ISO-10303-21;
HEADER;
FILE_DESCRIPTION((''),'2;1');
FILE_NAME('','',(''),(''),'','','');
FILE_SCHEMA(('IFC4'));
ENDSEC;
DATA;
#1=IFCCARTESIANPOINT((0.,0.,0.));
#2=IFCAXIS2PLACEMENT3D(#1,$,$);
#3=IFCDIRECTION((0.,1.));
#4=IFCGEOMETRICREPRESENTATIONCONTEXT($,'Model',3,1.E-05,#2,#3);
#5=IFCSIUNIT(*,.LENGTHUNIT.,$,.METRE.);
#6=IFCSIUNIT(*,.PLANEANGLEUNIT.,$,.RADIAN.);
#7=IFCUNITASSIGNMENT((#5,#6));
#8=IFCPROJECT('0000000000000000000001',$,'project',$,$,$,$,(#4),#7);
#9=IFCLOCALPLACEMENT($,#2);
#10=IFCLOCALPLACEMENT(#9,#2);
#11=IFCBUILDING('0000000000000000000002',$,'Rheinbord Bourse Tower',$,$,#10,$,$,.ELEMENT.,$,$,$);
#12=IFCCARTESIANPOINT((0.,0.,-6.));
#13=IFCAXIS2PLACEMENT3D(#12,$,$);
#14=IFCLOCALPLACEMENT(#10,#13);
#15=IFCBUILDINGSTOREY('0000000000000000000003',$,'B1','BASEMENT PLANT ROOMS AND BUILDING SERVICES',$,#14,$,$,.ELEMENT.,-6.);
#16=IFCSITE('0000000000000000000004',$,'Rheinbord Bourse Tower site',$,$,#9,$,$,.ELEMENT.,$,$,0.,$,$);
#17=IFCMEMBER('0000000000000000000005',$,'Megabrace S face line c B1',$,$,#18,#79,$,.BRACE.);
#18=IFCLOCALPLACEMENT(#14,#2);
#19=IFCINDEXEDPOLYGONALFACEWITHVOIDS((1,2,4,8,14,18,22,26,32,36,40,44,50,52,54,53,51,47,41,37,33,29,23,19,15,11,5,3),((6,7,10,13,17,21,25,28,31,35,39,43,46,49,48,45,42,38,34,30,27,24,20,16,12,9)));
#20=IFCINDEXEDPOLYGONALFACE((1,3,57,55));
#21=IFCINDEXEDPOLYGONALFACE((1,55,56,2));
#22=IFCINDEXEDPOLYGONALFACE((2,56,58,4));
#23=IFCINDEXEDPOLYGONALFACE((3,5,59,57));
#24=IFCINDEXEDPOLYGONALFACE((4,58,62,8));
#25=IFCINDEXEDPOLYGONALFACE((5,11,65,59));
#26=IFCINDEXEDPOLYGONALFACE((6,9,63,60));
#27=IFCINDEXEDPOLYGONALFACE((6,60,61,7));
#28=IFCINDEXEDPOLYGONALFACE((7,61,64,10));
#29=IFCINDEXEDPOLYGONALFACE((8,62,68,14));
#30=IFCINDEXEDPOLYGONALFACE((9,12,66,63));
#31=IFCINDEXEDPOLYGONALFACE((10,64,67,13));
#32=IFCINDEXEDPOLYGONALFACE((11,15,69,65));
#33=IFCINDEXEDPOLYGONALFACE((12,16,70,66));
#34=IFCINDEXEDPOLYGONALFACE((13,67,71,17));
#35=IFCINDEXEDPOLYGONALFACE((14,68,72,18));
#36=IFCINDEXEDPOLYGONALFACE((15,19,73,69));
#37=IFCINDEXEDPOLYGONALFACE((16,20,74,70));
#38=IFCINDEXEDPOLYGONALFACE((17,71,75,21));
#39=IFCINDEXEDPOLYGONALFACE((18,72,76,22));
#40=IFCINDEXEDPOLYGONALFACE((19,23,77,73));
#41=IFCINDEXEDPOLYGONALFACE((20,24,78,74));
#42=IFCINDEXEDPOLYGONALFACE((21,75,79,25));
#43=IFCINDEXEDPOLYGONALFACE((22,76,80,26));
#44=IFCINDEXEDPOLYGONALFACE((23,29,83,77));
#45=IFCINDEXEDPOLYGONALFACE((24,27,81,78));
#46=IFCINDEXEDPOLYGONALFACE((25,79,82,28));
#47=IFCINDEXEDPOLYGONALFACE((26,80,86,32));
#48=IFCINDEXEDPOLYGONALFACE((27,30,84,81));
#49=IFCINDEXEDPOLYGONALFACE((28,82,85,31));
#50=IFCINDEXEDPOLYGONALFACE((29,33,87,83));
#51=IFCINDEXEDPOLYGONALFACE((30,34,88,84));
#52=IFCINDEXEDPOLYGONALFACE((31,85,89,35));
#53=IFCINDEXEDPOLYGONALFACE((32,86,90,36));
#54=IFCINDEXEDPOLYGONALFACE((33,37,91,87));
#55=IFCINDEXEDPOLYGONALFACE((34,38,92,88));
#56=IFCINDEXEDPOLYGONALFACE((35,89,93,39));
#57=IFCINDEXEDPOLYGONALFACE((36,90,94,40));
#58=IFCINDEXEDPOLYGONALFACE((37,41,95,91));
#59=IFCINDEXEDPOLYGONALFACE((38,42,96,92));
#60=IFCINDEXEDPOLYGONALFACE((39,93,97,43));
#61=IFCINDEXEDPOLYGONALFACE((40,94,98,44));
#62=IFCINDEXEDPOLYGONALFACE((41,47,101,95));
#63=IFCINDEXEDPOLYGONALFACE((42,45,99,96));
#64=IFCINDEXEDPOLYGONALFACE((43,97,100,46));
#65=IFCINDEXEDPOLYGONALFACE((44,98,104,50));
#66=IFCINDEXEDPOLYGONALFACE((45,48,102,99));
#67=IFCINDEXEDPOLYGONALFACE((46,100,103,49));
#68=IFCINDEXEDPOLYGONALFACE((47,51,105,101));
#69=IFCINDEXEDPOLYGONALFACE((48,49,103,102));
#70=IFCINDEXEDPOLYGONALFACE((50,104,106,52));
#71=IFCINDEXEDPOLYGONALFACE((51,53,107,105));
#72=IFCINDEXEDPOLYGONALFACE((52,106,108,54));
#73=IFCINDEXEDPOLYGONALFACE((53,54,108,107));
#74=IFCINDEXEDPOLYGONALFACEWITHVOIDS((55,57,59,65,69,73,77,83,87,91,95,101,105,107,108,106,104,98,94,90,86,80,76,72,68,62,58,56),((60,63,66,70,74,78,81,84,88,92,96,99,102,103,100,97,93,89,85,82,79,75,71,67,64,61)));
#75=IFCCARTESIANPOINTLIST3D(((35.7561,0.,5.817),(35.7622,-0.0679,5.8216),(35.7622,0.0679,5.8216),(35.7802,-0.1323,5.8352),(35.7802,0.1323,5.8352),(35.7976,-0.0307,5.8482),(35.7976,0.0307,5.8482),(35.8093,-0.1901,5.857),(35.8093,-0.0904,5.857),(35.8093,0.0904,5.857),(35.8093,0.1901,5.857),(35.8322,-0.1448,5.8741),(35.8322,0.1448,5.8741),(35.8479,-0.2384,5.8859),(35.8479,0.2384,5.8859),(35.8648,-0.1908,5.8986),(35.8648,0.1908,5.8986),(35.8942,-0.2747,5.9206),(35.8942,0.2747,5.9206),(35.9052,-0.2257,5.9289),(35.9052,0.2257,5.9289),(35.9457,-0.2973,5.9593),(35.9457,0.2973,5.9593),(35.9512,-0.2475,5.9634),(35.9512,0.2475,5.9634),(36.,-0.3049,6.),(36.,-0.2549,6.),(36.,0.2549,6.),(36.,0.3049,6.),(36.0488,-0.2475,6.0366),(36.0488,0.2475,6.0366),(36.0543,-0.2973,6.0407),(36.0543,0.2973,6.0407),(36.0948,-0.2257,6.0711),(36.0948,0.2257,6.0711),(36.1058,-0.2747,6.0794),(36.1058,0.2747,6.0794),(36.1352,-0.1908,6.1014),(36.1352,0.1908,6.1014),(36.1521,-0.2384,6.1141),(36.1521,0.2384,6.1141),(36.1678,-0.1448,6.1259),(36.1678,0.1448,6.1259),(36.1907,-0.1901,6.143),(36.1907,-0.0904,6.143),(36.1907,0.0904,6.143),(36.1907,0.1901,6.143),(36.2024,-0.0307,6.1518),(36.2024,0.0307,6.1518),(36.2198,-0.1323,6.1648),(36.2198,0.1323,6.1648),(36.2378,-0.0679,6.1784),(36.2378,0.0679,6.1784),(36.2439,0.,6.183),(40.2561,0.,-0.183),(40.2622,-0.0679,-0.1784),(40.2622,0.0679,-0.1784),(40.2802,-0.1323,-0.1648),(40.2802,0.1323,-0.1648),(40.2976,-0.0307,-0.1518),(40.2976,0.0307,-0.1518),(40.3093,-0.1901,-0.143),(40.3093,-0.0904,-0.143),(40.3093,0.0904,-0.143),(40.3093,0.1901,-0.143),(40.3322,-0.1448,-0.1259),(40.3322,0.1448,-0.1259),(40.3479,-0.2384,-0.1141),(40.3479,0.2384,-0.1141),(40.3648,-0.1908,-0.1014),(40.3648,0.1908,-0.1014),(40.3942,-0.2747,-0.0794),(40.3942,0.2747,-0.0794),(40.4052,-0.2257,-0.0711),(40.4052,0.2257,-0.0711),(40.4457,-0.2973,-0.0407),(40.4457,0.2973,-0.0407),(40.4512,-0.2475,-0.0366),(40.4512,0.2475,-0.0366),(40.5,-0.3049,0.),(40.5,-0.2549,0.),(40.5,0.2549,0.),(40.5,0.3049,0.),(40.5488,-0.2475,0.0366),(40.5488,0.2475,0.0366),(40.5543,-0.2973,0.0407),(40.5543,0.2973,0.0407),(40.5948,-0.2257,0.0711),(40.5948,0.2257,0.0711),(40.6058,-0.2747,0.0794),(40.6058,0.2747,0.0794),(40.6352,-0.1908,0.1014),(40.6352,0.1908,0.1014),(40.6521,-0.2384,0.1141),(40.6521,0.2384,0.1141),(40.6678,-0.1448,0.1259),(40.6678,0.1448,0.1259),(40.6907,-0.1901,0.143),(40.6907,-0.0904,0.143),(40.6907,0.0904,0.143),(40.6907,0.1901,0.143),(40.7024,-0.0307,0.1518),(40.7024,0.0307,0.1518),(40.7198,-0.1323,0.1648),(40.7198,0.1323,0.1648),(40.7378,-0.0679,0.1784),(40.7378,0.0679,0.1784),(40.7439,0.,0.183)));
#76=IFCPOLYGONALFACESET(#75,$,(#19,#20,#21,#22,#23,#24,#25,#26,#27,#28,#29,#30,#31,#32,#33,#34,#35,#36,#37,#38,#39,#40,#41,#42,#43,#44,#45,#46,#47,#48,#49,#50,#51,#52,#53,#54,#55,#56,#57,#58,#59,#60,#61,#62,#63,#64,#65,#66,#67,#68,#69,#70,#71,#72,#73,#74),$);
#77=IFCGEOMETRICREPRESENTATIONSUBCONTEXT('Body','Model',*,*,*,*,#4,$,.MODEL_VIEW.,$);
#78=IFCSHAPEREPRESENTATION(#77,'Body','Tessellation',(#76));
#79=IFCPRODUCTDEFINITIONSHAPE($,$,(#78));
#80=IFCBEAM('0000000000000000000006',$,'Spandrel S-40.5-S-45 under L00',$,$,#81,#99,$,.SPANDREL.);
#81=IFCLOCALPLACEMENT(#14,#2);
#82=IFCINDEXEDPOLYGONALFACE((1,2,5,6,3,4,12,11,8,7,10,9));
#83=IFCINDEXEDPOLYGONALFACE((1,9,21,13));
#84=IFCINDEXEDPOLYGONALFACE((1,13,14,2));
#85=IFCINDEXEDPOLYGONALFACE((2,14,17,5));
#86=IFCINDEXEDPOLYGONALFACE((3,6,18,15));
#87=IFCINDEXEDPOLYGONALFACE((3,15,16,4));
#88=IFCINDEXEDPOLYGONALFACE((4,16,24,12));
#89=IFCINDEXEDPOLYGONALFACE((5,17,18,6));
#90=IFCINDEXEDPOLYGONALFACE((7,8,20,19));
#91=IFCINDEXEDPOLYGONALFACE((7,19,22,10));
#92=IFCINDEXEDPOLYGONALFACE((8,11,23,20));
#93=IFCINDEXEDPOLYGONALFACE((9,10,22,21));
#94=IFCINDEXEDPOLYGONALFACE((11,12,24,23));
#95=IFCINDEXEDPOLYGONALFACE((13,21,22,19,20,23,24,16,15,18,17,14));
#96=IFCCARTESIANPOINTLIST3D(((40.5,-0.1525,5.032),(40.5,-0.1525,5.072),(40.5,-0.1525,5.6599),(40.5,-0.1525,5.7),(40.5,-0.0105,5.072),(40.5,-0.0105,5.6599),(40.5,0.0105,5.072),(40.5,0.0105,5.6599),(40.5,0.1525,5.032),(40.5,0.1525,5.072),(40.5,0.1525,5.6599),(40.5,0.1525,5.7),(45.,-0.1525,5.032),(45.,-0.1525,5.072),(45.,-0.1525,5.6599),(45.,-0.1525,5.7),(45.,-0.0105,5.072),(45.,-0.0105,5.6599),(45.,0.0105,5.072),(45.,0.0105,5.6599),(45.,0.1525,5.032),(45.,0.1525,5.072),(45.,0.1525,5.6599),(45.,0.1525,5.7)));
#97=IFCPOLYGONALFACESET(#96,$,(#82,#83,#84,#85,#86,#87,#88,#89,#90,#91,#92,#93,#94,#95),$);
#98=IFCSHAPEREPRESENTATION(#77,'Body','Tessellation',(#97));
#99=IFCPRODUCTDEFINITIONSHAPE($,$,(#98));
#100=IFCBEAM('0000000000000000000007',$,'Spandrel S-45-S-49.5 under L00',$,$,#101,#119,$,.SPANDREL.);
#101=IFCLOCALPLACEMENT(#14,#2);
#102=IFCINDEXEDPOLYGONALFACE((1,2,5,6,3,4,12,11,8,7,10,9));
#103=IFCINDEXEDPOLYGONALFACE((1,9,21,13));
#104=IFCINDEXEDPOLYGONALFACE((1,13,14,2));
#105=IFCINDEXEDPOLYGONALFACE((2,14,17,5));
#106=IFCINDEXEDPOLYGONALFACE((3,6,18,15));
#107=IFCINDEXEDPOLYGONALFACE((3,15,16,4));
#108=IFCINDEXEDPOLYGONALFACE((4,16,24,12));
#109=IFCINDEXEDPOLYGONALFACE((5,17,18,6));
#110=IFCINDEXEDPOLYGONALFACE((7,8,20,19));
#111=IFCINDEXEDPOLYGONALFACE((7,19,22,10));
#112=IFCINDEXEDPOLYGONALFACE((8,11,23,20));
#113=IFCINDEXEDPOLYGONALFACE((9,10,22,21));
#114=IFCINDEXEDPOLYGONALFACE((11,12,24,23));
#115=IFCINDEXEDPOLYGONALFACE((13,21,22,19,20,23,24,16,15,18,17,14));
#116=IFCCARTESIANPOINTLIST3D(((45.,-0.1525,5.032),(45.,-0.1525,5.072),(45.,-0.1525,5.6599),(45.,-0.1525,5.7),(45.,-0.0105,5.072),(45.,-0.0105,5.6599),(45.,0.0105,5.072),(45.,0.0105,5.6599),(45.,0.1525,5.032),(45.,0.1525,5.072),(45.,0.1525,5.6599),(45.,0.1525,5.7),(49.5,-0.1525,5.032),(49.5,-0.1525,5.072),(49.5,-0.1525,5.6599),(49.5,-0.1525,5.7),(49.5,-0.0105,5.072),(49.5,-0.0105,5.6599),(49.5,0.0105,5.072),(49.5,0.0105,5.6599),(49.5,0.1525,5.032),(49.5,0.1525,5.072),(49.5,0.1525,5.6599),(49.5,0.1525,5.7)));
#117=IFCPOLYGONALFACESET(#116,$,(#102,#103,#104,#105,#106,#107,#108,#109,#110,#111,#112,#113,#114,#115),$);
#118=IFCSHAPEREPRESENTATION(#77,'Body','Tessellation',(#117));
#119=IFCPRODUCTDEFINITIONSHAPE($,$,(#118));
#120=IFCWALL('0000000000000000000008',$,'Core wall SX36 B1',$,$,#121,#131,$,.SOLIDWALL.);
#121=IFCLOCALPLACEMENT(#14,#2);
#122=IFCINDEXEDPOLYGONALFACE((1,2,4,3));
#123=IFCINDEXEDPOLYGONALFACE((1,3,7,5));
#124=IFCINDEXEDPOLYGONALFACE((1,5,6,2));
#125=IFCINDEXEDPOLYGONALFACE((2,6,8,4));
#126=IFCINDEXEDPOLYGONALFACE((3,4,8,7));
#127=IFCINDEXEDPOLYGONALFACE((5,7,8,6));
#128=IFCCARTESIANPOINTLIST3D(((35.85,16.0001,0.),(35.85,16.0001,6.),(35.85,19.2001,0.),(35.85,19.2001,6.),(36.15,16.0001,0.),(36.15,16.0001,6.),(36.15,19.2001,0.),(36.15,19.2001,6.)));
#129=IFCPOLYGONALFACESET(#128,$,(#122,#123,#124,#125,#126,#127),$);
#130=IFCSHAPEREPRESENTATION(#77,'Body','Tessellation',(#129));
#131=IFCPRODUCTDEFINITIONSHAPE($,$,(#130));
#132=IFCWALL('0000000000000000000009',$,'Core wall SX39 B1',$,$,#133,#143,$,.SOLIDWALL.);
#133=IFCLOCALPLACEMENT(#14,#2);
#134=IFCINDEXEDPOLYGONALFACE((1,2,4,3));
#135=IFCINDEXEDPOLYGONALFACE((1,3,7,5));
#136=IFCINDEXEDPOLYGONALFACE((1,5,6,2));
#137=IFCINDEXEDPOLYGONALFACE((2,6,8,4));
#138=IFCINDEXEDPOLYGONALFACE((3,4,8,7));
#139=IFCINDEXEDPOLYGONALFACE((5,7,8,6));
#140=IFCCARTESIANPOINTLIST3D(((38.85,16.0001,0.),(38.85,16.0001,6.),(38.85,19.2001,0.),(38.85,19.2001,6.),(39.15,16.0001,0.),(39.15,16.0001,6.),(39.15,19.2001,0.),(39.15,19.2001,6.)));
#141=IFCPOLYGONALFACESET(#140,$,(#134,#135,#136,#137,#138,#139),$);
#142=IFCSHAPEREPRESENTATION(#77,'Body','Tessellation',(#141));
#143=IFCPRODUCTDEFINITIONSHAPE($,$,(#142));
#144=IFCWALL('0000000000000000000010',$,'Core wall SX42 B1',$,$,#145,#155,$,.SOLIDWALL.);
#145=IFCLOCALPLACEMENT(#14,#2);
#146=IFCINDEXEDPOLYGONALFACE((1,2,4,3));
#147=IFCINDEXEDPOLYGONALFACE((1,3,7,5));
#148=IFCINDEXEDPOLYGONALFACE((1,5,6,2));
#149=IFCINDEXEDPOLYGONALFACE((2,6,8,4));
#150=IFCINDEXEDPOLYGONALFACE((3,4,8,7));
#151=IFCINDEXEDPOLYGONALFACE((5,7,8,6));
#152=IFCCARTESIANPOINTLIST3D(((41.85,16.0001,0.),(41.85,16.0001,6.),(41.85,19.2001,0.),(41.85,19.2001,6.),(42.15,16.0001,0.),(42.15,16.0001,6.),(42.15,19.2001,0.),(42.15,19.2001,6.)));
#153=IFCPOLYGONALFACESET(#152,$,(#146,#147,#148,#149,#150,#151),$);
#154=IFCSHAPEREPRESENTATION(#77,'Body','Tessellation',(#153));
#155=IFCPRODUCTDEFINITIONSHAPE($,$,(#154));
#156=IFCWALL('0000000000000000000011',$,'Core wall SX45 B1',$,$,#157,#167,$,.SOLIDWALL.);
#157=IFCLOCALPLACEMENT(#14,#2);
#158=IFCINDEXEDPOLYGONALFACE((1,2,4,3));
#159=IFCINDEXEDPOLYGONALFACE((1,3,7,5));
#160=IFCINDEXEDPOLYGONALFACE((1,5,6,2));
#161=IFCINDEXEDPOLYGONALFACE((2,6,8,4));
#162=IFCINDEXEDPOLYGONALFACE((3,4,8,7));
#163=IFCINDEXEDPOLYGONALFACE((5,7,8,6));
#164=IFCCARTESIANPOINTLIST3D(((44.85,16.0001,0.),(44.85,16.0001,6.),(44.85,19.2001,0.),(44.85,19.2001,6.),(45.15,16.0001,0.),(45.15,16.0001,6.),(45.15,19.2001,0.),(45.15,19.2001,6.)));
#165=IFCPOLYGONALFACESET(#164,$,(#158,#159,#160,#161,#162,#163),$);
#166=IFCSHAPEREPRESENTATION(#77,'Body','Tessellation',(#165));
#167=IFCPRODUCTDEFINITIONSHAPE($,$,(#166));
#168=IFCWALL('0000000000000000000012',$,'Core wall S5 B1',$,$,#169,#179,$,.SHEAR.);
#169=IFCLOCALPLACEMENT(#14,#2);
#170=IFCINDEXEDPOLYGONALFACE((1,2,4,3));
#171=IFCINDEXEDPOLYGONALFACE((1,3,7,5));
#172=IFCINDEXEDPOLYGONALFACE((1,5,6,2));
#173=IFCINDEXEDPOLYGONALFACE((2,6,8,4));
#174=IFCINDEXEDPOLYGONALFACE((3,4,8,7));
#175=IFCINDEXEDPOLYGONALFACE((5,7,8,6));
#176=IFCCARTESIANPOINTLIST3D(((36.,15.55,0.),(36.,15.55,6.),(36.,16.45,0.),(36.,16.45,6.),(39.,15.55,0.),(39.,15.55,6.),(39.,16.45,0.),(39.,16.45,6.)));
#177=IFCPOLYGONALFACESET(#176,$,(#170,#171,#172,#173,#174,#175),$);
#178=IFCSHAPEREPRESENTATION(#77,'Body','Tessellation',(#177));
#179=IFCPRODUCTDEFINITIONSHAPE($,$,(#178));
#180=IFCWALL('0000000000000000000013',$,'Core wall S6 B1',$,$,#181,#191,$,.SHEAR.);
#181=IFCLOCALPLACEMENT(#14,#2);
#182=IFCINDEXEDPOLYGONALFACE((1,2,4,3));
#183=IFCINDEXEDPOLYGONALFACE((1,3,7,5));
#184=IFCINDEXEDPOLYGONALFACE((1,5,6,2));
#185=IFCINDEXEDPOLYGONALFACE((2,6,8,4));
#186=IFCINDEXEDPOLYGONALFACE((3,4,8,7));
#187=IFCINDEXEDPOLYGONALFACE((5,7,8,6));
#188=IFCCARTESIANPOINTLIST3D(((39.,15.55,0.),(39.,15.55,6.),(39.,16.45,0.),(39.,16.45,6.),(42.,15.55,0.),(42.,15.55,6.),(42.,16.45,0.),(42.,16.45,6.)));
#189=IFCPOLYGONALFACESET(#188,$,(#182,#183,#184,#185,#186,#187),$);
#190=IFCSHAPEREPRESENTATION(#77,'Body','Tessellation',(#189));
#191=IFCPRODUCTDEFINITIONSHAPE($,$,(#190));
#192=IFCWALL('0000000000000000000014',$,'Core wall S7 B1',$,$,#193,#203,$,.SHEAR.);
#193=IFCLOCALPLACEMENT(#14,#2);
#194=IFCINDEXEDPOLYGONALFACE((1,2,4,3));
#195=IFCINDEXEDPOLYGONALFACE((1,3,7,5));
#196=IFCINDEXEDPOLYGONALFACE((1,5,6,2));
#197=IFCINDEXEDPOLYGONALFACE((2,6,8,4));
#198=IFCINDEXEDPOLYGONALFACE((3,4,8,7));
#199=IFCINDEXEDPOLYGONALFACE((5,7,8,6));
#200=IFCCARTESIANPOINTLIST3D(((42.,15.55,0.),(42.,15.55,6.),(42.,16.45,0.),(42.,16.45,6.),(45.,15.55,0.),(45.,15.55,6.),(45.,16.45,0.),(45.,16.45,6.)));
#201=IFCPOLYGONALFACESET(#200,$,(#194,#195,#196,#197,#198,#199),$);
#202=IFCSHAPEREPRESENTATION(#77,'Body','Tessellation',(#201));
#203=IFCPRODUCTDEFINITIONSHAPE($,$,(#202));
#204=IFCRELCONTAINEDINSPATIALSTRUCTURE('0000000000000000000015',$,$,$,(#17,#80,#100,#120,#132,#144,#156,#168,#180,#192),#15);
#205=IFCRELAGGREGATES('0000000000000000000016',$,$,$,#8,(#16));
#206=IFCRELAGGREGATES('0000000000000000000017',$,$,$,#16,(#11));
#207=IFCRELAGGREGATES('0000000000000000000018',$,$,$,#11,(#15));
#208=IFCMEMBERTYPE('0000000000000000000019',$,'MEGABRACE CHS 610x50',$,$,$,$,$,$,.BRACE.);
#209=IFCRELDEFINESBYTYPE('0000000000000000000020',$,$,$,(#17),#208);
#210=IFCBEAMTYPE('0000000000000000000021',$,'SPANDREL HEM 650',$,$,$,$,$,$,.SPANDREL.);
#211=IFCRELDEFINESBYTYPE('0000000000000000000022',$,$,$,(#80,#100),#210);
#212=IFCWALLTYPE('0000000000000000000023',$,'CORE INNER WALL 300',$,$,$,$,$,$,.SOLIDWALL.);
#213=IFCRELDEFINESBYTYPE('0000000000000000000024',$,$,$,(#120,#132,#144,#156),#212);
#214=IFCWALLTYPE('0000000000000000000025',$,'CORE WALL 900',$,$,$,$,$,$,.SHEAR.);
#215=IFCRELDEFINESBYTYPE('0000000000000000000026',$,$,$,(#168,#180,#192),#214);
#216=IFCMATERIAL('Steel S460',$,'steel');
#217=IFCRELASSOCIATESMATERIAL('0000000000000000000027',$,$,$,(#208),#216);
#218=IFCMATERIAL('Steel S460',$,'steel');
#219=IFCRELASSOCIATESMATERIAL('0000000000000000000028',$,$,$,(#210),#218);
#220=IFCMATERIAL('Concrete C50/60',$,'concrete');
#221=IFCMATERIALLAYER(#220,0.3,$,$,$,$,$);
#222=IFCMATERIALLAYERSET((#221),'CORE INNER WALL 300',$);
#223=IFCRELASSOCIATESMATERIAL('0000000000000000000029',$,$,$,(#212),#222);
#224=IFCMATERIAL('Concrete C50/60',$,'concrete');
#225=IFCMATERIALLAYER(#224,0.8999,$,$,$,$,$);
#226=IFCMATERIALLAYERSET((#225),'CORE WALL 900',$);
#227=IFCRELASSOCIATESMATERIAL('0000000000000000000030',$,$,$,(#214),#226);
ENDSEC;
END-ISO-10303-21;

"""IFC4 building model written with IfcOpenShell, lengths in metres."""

from ifc_helpers import new_model, si_unit, direction, frame, frame_2d, origin, origin_2d, place, context, subcontext, project, spatial, rectangle, hollow_circle, i_section, extrude, material, layer, layer_set, material_profile, profile_set, type_object, element, save


model = new_model("IFC4")

# Units and contexts
model_context = context("Model", 3, precision=1e-05, world=origin(), true_north=direction((0.0, 1.0)))
body_context = subcontext(model_context, "Body", "Model", "MODEL_VIEW")
ifc_project = project(units=[si_unit("LENGTHUNIT", "METRE"), si_unit("PLANEANGLEUNIT", "RADIAN")], contexts=[model_context])

# Site, building, storey
site_placement = place(None, origin())
site = spatial("IfcSite", under=ifc_project, at=site_placement, Name="Rheinbord Bourse Tower site", CompositionType="ELEMENT", RefElevation=0.0)
building_placement = place(site_placement, origin())
building = spatial("IfcBuilding", under=site, at=building_placement, Name="Rheinbord Bourse Tower", CompositionType="ELEMENT")
storey_placement = place(building_placement, frame((0.0, 0.0, -6.0)))
storey = spatial("IfcBuildingStorey", under=building, at=storey_placement, Name="B1", Description="BASEMENT PLANT ROOMS AND BUILDING SERVICES", CompositionType="ELEMENT", Elevation=-6.0)

# Member
ifc_material_1 = material(Name="Steel S460", Category="steel")
ifc_material_profile_1 = material_profile(ifc_material_1, hollow_circle(Radius=0.3049, WallThickness=0.05, at=origin_2d()), Name="CHS 610x50")
ifc_profile_set_1 = profile_set([ifc_material_profile_1], Name="Steel S460")
member_type = type_object("IfcMemberType", Name="MEGABRACE CHS 610x50", PredefinedType="BRACE", material=ifc_profile_set_1)
member_placement = place(storey_placement, frame((40.5, 0.0, 0.0), z_axis=(-0.6, 0.0, 0.8), x_axis=(0.0, -1.0, 0.0)))
element("IfcMember", 1, at=member_placement, inside=storey, type_object=member_type, Name="Megabrace S face line c B1", PredefinedType="BRACE", context=body_context, shape_type="SweptSolid", body=[
    extrude(hollow_circle(Radius=0.3049, WallThickness=0.05, at=origin_2d()), origin(), (0.0, 0.0, 1.0), 7.5),
])

# Beams
ifc_material_2 = material(Name="Steel S460", Category="steel")
ifc_material_profile_2 = material_profile(ifc_material_2, i_section(OverallWidth=0.3049, OverallDepth=0.668, WebThickness=0.021, FlangeThickness=0.04, at=origin_2d()), Name="HEM 650")
ifc_profile_set_2 = profile_set([ifc_material_profile_2], Name="Steel S460")
beam_type_1 = type_object("IfcBeamType", Name="SPANDREL HEM 650", PredefinedType="SPANDREL", material=ifc_profile_set_2)
for number, where, z_axis, x_axis, name in (
    (2, (40.5, 0.0, 5.366), (1.0, 0.0, 0.0), (0.0, 1.0, 0.0), "Spandrel S-40.5-S-45 under L00"),
    (3, (45.0, 0.0, 5.366), (1.0, 0.0, 0.0), (0.0, 1.0, 0.0), "Spandrel S-45-S-49.5 under L00"),
):
    element("IfcBeam", number, at=place(storey_placement, frame(where, z_axis=z_axis, x_axis=x_axis)), inside=storey, type_object=beam_type_1, Name=name, PredefinedType="SPANDREL", context=body_context, shape_type="SweptSolid", body=[
        extrude(i_section(OverallWidth=0.3049, OverallDepth=0.668, WebThickness=0.021, FlangeThickness=0.04, at=origin_2d()), origin(), (0.0, 0.0, 1.0), 4.5),
    ])

# Walls
ifc_material_3 = material(Name="Concrete C50/60", Category="concrete")
ifc_layer_1 = layer(ifc_material_3, 0.3)
ifc_layer_set_1 = layer_set([ifc_layer_1], Name="CORE INNER WALL 300")
wall_type_1 = type_object("IfcWallType", Name="CORE INNER WALL 300", PredefinedType="SOLIDWALL", material=ifc_layer_set_1)
for number, where, z_axis, x_axis, name in (
    (4, (36.0, 16.0, 0.0), (0.0, 0.0, 1.0), (0.0, 1.0, 0.0), "Core wall SX36 B1"),
    (5, (39.0, 16.0, 0.0), (0.0, 0.0, 1.0), (0.0, 1.0, 0.0), "Core wall SX39 B1"),
    (6, (42.0, 16.0, 0.0), (0.0, 0.0, 1.0), (0.0, 1.0, 0.0), "Core wall SX42 B1"),
    (7, (45.0, 16.0, 0.0), (0.0, 0.0, 1.0), (0.0, 1.0, 0.0), "Core wall SX45 B1"),
):
    element("IfcWall", number, at=place(storey_placement, frame(where, z_axis=z_axis, x_axis=x_axis)), inside=storey, type_object=wall_type_1, Name=name, PredefinedType="SOLIDWALL", context=body_context, shape_type="SweptSolid", body=[
        extrude(rectangle(XDim=3.2, YDim=0.3, at=frame_2d((1.6001, 0.0))), origin(), (0.0, 0.0, 1.0), 6.0),
    ])
ifc_material_4 = material(Name="Concrete C50/60", Category="concrete")
ifc_layer_2 = layer(ifc_material_4, 0.8999)
ifc_layer_set_2 = layer_set([ifc_layer_2], Name="CORE WALL 900")
wall_type_2 = type_object("IfcWallType", Name="CORE WALL 900", PredefinedType="SHEAR", material=ifc_layer_set_2)
for number, where, z_axis, x_axis, name in (
    (8, (36.0, 16.0, 0.0), (0.0, 0.0, 1.0), (1.0, 0.0, 0.0), "Core wall S5 B1"),
    (9, (39.0, 16.0, 0.0), (0.0, 0.0, 1.0), (1.0, 0.0, 0.0), "Core wall S6 B1"),
    (10, (42.0, 16.0, 0.0), (0.0, 0.0, 1.0), (1.0, 0.0, 0.0), "Core wall S7 B1"),
):
    element("IfcWall", number, at=place(storey_placement, frame(where, z_axis=z_axis, x_axis=x_axis)), inside=storey, type_object=wall_type_2, Name=name, PredefinedType="SHEAR", context=body_context, shape_type="SweptSolid", body=[
        extrude(rectangle(XDim=3.0, YDim=0.8999, at=frame_2d((1.5, 0.0))), origin(), (0.0, 0.0, 1.0), 6.0),
    ])

save(model, "model.ifc")
